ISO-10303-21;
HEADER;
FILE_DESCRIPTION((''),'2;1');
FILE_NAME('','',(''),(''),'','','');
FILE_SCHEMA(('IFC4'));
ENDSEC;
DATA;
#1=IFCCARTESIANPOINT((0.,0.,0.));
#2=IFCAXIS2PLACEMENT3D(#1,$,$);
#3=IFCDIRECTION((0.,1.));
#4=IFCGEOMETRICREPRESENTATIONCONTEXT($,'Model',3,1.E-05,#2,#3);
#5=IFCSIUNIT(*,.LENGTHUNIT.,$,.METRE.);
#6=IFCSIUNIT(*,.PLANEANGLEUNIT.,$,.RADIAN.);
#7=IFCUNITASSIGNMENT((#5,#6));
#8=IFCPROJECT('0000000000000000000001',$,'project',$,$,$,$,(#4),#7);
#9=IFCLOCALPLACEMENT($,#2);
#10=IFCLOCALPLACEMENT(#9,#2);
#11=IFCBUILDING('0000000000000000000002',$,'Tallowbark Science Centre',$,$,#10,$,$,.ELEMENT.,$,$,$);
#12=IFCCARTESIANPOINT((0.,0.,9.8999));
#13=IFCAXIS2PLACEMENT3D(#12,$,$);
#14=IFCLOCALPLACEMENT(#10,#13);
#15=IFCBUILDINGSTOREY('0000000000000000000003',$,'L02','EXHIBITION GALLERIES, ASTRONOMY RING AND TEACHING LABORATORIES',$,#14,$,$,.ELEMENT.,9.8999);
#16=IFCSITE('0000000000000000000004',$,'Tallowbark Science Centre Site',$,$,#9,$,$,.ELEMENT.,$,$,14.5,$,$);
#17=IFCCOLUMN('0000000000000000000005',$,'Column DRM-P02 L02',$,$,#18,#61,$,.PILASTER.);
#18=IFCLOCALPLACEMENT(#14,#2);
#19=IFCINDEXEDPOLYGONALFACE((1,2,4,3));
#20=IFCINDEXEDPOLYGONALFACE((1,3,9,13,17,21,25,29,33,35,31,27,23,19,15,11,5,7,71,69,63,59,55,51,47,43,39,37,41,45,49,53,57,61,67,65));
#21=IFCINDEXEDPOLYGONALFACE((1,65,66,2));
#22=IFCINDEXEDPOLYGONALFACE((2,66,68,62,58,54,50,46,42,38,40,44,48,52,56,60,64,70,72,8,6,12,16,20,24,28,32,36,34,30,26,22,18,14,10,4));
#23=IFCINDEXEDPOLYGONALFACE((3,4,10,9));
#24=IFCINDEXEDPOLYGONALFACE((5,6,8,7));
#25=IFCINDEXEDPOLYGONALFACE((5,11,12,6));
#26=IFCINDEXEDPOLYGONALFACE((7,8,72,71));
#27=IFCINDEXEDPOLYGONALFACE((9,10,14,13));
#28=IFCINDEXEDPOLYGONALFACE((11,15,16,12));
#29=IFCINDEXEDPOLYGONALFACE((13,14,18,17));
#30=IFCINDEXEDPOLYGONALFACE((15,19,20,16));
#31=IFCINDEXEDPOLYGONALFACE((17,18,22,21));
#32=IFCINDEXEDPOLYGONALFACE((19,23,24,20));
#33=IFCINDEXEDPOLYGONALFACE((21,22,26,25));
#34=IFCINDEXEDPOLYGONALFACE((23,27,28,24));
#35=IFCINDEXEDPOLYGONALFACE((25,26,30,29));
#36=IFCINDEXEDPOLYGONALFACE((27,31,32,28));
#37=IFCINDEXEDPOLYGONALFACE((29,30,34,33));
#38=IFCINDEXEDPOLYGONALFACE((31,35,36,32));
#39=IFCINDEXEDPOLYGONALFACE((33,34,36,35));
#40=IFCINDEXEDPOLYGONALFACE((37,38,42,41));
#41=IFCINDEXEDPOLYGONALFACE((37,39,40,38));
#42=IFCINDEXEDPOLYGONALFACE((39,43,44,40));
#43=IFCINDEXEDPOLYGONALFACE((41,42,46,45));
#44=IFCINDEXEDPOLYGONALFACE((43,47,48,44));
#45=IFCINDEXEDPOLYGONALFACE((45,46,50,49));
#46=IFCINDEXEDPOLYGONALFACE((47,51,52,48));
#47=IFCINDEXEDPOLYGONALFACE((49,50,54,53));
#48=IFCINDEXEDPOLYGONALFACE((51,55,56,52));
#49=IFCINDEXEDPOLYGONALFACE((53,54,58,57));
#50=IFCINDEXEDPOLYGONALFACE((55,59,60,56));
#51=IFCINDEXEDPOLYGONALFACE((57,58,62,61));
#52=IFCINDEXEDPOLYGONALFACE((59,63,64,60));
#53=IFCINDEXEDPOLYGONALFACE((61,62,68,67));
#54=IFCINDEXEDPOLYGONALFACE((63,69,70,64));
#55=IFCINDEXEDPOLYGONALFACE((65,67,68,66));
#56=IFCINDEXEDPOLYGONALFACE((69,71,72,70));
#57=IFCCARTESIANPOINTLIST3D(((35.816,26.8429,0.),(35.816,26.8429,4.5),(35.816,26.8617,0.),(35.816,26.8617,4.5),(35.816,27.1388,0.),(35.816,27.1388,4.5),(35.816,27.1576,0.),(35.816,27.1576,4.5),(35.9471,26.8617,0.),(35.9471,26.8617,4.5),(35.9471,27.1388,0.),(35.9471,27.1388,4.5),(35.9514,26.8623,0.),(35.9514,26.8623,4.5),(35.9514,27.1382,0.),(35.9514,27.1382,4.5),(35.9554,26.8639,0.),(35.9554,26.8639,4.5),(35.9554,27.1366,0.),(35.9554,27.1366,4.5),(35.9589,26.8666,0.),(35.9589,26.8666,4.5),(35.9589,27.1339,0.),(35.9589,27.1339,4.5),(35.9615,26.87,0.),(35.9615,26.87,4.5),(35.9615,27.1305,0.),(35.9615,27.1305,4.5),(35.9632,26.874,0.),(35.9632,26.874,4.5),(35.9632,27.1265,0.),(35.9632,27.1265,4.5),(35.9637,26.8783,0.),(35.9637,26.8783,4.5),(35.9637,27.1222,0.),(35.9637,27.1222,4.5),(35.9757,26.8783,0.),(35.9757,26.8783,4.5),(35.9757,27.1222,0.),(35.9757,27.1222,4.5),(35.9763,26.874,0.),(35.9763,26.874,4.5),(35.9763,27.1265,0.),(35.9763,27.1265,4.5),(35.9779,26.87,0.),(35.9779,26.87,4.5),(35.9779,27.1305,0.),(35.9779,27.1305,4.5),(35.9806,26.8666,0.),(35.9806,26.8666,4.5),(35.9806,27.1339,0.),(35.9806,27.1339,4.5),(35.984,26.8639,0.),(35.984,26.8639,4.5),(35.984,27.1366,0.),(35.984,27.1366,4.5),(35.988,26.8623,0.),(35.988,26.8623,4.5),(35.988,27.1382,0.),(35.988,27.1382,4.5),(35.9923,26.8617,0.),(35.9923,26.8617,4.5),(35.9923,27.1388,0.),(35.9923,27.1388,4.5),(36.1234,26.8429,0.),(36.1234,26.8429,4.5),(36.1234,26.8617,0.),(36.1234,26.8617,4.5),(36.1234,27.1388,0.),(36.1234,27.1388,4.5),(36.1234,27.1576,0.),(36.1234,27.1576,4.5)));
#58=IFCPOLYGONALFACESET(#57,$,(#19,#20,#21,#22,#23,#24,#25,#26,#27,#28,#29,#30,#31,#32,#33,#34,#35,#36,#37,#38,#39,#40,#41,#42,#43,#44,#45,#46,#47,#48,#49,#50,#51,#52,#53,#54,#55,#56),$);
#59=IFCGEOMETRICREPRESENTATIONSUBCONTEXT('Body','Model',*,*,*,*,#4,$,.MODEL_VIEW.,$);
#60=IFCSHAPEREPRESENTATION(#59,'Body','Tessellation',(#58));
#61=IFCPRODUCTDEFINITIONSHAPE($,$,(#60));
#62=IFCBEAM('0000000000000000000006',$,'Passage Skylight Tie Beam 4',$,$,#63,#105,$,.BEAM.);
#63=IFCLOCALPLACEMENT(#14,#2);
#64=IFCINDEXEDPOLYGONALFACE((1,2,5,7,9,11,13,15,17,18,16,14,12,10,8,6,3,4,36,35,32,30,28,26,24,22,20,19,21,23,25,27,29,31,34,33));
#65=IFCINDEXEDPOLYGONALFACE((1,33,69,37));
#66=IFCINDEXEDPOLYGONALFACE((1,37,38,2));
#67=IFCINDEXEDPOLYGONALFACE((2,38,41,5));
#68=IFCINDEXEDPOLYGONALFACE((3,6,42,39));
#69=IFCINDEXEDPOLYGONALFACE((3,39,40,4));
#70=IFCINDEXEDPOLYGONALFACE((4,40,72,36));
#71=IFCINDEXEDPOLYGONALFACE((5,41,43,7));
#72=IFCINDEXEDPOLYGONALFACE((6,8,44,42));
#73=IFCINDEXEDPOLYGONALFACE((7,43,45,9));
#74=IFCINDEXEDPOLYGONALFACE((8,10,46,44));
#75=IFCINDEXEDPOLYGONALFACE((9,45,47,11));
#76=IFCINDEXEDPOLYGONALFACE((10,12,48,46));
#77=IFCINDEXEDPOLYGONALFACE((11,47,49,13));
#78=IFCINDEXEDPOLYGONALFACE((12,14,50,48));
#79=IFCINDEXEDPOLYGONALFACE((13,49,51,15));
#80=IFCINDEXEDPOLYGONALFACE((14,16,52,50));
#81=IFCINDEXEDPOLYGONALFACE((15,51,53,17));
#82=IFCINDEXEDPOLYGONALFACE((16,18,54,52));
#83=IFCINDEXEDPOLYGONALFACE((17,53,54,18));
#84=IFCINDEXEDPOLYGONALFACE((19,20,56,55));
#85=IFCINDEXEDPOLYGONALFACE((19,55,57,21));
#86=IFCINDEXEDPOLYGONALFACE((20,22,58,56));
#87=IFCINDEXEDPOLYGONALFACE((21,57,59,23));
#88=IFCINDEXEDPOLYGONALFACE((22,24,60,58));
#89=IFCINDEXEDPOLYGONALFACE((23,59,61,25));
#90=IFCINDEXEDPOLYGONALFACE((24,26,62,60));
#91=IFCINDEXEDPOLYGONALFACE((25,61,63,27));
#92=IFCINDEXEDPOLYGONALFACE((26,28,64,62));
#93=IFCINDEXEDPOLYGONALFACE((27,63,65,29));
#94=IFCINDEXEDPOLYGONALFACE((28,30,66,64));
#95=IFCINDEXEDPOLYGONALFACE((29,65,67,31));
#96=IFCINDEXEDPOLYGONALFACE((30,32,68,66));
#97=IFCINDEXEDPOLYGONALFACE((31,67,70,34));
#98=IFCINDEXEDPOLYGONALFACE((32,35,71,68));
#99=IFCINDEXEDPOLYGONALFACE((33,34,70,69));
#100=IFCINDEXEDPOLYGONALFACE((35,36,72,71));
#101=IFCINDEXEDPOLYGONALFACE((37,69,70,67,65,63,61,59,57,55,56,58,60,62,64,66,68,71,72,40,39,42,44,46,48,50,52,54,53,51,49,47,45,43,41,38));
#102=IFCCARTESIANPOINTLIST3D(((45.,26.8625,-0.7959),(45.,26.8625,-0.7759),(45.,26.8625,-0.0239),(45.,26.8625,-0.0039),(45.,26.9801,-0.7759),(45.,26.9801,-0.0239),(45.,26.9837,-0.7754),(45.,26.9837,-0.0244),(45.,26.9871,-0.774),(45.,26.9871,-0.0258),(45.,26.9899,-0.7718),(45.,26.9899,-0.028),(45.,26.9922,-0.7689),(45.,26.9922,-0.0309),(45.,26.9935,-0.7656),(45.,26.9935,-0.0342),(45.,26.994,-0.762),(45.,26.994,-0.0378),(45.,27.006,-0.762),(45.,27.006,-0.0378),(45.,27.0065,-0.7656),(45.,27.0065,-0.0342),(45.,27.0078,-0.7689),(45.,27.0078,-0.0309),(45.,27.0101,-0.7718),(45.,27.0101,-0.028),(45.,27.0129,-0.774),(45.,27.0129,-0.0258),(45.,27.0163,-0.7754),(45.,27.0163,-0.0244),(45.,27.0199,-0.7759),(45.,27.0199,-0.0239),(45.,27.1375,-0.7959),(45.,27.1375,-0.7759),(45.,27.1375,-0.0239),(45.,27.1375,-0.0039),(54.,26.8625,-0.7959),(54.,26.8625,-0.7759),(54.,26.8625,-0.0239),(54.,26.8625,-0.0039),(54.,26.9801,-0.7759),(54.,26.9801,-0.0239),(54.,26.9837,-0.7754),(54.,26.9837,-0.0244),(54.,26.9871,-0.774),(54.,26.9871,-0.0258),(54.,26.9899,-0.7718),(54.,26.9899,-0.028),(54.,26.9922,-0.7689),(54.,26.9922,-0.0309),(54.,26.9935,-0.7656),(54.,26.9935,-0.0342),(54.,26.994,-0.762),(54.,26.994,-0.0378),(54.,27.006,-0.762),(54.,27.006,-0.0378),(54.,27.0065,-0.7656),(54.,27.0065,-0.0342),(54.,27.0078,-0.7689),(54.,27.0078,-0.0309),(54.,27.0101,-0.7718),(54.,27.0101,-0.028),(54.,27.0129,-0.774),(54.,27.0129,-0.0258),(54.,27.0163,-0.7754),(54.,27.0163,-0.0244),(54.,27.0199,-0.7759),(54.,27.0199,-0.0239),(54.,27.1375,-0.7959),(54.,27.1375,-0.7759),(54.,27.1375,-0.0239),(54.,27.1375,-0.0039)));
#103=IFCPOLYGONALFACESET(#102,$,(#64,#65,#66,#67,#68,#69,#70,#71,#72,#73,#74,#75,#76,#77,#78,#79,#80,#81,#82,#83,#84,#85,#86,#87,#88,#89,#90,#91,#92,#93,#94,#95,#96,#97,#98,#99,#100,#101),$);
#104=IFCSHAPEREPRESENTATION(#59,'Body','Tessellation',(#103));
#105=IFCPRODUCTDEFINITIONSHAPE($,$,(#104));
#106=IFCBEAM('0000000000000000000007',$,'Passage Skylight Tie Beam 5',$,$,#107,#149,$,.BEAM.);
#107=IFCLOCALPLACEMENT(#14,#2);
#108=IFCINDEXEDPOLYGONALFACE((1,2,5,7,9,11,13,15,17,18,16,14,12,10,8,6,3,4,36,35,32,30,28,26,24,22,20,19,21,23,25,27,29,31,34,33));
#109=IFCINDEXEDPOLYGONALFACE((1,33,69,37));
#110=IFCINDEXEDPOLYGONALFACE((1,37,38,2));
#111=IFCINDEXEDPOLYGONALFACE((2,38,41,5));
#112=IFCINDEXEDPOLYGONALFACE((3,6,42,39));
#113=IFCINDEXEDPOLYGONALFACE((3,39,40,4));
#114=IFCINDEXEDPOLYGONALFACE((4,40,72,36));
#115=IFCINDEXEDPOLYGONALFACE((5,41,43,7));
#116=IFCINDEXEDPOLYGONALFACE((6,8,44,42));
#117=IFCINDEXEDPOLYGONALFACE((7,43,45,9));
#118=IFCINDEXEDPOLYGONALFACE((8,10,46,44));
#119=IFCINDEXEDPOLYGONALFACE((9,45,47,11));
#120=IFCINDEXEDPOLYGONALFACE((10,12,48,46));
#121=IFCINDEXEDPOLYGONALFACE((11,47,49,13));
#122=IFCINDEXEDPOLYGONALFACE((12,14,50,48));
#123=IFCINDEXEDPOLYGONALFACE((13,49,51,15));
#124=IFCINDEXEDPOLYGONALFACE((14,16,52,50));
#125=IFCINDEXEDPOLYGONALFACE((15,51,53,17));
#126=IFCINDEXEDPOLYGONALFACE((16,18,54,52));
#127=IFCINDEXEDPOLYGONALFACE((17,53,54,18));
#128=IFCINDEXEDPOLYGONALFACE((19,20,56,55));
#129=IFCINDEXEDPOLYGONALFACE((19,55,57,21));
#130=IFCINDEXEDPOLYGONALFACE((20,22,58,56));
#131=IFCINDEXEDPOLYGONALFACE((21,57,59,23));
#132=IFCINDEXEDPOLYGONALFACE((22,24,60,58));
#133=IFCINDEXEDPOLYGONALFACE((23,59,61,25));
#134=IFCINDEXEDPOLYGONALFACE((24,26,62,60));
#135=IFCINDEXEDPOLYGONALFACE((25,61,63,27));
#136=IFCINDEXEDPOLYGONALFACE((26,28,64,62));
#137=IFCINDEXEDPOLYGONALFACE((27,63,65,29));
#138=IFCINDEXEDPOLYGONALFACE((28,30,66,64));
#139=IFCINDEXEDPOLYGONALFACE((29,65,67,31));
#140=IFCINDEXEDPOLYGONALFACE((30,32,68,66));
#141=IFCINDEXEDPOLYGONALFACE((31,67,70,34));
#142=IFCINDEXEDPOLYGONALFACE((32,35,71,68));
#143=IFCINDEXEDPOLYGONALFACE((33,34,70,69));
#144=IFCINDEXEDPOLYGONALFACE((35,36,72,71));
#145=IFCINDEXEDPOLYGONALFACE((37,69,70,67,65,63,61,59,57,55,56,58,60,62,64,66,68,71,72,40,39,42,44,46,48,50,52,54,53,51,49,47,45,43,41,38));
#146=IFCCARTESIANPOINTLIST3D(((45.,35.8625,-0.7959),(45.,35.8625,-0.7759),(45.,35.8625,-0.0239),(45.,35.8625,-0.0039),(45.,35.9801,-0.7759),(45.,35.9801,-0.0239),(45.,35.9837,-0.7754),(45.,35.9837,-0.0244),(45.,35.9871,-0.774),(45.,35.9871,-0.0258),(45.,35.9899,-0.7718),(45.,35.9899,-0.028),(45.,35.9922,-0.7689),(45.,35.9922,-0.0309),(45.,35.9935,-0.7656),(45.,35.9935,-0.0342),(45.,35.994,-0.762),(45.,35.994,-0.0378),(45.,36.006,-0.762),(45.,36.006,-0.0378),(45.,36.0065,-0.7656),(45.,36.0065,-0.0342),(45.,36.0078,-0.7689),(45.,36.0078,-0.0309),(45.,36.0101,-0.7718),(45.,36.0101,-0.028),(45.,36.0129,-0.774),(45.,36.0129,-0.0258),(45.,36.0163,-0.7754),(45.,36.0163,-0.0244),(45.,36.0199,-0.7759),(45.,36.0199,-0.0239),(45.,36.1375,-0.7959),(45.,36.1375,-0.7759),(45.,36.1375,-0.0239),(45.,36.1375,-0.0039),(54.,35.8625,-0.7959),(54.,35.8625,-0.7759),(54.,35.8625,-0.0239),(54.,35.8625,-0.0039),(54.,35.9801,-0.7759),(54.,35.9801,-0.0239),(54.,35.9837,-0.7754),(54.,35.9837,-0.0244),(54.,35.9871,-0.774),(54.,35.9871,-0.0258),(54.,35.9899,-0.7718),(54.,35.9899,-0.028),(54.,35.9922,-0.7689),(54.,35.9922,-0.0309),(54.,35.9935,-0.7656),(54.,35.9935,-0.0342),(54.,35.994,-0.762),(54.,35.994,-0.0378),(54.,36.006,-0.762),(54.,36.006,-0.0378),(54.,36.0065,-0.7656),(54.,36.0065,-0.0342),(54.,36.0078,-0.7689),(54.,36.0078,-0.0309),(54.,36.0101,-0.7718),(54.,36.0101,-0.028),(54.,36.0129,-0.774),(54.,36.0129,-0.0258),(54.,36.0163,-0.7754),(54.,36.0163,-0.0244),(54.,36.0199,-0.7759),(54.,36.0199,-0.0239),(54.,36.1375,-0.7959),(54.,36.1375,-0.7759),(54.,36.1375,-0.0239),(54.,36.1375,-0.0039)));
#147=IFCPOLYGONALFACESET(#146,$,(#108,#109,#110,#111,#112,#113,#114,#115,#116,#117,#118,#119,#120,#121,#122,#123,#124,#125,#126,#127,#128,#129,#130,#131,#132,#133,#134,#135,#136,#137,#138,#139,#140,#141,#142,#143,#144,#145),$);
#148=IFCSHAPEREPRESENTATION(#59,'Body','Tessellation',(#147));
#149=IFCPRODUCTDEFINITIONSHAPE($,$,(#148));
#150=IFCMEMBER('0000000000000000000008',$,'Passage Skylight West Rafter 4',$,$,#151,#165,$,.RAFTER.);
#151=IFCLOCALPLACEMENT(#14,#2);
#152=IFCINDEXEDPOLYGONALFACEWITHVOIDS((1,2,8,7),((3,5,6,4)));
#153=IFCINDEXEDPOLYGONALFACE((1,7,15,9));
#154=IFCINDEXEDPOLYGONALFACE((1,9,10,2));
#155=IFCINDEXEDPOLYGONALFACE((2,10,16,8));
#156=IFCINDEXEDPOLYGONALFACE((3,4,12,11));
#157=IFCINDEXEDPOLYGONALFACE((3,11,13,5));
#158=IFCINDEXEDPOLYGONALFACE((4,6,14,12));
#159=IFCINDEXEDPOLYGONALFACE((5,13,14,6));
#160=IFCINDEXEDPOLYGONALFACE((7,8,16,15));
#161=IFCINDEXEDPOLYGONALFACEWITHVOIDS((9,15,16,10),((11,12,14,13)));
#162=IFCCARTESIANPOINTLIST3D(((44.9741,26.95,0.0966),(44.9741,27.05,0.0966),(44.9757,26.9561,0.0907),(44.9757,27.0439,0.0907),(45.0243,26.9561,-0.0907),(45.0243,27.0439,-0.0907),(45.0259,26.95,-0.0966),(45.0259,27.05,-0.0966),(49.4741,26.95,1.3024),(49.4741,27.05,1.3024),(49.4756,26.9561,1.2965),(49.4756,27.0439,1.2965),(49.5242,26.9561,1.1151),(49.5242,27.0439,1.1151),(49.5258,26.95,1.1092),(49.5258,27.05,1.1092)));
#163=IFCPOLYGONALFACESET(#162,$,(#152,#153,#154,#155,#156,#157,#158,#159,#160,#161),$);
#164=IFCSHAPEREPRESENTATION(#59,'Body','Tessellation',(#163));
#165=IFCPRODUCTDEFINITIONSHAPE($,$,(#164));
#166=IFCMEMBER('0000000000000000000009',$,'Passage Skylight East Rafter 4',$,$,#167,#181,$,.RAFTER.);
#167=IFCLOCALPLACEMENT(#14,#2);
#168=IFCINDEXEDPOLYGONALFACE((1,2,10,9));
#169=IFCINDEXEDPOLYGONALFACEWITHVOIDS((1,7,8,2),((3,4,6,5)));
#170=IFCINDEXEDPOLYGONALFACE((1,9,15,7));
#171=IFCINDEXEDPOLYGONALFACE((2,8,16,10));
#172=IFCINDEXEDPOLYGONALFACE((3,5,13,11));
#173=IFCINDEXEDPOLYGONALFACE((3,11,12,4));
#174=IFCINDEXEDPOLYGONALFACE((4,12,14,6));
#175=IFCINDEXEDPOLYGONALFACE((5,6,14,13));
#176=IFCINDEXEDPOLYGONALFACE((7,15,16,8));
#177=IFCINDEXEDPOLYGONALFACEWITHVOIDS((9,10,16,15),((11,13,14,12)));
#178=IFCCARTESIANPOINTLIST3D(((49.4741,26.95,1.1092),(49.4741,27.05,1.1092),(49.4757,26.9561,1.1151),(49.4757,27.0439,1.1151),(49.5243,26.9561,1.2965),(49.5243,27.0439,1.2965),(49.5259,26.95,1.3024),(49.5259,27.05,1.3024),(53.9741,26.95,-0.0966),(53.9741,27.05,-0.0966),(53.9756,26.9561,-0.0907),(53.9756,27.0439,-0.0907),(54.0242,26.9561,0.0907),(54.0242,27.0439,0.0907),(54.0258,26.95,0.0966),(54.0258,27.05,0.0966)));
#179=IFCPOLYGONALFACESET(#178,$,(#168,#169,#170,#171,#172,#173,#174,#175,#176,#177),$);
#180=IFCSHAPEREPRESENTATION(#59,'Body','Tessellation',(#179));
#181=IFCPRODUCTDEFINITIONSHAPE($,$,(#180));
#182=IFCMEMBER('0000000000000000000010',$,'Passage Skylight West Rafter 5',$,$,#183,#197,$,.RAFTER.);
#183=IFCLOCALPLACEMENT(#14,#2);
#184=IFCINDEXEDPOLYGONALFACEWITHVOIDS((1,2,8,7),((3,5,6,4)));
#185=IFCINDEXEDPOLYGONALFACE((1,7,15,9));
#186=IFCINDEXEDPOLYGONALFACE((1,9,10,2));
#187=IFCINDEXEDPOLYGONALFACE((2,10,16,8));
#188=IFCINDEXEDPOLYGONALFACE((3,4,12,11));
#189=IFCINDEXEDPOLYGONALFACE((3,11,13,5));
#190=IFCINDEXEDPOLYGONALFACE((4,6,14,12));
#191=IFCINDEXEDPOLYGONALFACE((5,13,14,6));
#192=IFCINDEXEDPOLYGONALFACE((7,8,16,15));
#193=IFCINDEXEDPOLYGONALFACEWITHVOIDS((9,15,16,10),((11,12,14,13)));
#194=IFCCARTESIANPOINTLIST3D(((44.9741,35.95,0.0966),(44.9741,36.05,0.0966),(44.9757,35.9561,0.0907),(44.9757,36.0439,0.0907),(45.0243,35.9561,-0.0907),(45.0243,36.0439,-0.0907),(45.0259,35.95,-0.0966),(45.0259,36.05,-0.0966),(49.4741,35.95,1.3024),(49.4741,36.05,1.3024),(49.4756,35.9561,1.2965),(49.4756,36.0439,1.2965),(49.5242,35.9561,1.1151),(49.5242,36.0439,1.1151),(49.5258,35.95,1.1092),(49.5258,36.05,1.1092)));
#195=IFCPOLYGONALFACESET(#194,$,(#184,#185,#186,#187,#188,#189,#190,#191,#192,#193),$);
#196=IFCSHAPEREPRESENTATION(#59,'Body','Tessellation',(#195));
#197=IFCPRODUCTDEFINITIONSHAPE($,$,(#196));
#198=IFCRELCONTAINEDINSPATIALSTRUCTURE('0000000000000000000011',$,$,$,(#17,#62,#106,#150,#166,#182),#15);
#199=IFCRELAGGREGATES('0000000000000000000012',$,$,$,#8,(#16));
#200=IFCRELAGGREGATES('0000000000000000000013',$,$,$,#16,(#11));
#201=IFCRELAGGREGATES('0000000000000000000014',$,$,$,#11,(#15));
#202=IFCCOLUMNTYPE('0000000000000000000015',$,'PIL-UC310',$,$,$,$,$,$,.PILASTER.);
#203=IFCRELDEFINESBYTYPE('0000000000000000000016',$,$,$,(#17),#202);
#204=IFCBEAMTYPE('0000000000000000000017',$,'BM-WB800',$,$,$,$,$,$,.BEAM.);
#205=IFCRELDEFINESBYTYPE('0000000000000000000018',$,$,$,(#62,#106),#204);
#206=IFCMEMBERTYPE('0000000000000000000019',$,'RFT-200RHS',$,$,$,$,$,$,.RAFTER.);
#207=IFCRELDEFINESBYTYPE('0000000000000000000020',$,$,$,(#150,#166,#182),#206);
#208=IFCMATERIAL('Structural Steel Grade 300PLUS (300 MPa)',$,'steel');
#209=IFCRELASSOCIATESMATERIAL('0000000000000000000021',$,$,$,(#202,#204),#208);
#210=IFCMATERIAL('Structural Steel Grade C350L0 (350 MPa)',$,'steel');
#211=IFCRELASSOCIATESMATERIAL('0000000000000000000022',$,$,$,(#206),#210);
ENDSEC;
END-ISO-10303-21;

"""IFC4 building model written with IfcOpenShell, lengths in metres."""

from ifc_helpers import new_model, si_unit, direction, frame, origin, origin_2d, place, context, subcontext, project, spatial, hollow_rectangle, i_section, extrude, material, material_profile, profile_set, type_object, element, save


model = new_model("IFC4")

# Units and contexts
model_context = context("Model", 3, precision=1e-05, world=origin(), true_north=direction((0.0, 1.0)))
body_context = subcontext(model_context, "Body", "Model", "MODEL_VIEW")
ifc_project = project(units=[si_unit("LENGTHUNIT", "METRE"), si_unit("PLANEANGLEUNIT", "RADIAN")], contexts=[model_context])

# Site, building, storey
site_placement = place(None, origin())
site = spatial("IfcSite", under=ifc_project, at=site_placement, Name="Tallowbark Science Centre Site", CompositionType="ELEMENT", RefElevation=14.5)
building_placement = place(site_placement, origin())
building = spatial("IfcBuilding", under=site, at=building_placement, Name="Tallowbark Science Centre", CompositionType="ELEMENT")
storey_placement = place(building_placement, frame((0.0, 0.0, 9.8999)))
storey = spatial("IfcBuildingStorey", under=building, at=storey_placement, Name="L02", Description="EXHIBITION GALLERIES, ASTRONOMY RING AND TEACHING LABORATORIES", CompositionType="ELEMENT", Elevation=9.8999)

# Column
ifc_material_1 = material(Name="Structural Steel Grade 300PLUS (300 MPa)", Category="steel")
ifc_material_profile_1 = material_profile(ifc_material_1, i_section(OverallWidth=0.3074, OverallDepth=0.3147, WebThickness=0.012, FlangeThickness=0.0188, FilletRadius=0.0166, at=origin_2d()), Name="310UC118")
ifc_profile_set_1 = profile_set([ifc_material_profile_1], Name="Structural Steel Grade 300PLUS (300 MPa)")
column_type_1 = type_object("IfcColumnType", Name="PIL-UC310", PredefinedType="PILASTER", material=ifc_profile_set_1)
for number, where, z_axis, x_axis, name in (
    (1, (35.9697, 27.0002, 0.0), (0.0, 0.0, 1.0), (1.0, 0.0, 0.0), "Column DRM-P02 L02"),
):
    element("IfcColumn", number, at=place(storey_placement, frame(where, z_axis=z_axis, x_axis=x_axis)), inside=storey, type_object=column_type_1, Name=name, PredefinedType="PILASTER", context=body_context, shape_type="SweptSolid", body=[
        extrude(i_section(OverallWidth=0.3074, OverallDepth=0.3147, WebThickness=0.012, FlangeThickness=0.0188, FilletRadius=0.0166, at=origin_2d()), origin(), (0.0, 0.0, 1.0), 4.5),
    ])

# Beams
ifc_material_profile_2 = material_profile(ifc_material_1, i_section(OverallWidth=0.2749, OverallDepth=0.792, WebThickness=0.012, FlangeThickness=0.02, FilletRadius=0.0139, at=origin_2d()), Name="800WB146")
ifc_profile_set_2 = profile_set([ifc_material_profile_2], Name="Structural Steel Grade 300PLUS (300 MPa)")
beam_type_1 = type_object("IfcBeamType", Name="BM-WB800", PredefinedType="BEAM", material=ifc_profile_set_2)
for number, where, z_axis, x_axis, name in (
    (2, (45.0, 27.0, -0.3999), (1.0, 0.0, 0.0), (0.0, 1.0, 0.0), "Passage Skylight Tie Beam 4"),
    (3, (45.0, 36.0, -0.3999), (1.0, 0.0, 0.0), (0.0, 1.0, 0.0), "Passage Skylight Tie Beam 5"),
):
    element("IfcBeam", number, at=place(storey_placement, frame(where, z_axis=z_axis, x_axis=x_axis)), inside=storey, type_object=beam_type_1, Name=name, PredefinedType="BEAM", context=body_context, shape_type="SweptSolid", body=[
        extrude(i_section(OverallWidth=0.2749, OverallDepth=0.792, WebThickness=0.012, FlangeThickness=0.02, FilletRadius=0.0139, at=origin_2d()), origin(), (0.0, 0.0, 1.0), 9.0),
    ])

# Members
ifc_material_2 = material(Name="Structural Steel Grade C350L0 (350 MPa)", Category="steel")
ifc_material_profile_3 = material_profile(ifc_material_2, hollow_rectangle(XDim=0.1001, YDim=0.2, WallThickness=0.0061, at=origin_2d()), Name="200x100x6.0RHS")
ifc_profile_set_3 = profile_set([ifc_material_profile_3], Name="Structural Steel Grade C350L0 (350 MPa)")
member_type_1 = type_object("IfcMemberType", Name="RFT-200RHS", PredefinedType="RAFTER", material=ifc_profile_set_3)
for number, where, z_axis, x_axis, name in (
    (4, (45.0, 27.0, 0.0), (0.965924, 0.0, 0.258827), (0.0, 1.0, 0.0), "Passage Skylight West Rafter 4"),
    (5, (49.5, 27.0, 1.2058), (0.965924, 0.0, -0.258827), (0.0, 1.0, 0.0), "Passage Skylight East Rafter 4"),
    (6, (45.0, 36.0, 0.0), (0.965924, 0.0, 0.258827), (0.0, 1.0, 0.0), "Passage Skylight West Rafter 5"),
):
    element("IfcMember", number, at=place(storey_placement, frame(where, z_axis=z_axis, x_axis=x_axis)), inside=storey, type_object=member_type_1, Name=name, PredefinedType="RAFTER", context=body_context, shape_type="SweptSolid", body=[
        extrude(hollow_rectangle(XDim=0.1001, YDim=0.2, WallThickness=0.0061, at=origin_2d()), origin(), (0.0, 0.0, 1.0), 4.6587),
    ])

save(model, "model.ifc")
